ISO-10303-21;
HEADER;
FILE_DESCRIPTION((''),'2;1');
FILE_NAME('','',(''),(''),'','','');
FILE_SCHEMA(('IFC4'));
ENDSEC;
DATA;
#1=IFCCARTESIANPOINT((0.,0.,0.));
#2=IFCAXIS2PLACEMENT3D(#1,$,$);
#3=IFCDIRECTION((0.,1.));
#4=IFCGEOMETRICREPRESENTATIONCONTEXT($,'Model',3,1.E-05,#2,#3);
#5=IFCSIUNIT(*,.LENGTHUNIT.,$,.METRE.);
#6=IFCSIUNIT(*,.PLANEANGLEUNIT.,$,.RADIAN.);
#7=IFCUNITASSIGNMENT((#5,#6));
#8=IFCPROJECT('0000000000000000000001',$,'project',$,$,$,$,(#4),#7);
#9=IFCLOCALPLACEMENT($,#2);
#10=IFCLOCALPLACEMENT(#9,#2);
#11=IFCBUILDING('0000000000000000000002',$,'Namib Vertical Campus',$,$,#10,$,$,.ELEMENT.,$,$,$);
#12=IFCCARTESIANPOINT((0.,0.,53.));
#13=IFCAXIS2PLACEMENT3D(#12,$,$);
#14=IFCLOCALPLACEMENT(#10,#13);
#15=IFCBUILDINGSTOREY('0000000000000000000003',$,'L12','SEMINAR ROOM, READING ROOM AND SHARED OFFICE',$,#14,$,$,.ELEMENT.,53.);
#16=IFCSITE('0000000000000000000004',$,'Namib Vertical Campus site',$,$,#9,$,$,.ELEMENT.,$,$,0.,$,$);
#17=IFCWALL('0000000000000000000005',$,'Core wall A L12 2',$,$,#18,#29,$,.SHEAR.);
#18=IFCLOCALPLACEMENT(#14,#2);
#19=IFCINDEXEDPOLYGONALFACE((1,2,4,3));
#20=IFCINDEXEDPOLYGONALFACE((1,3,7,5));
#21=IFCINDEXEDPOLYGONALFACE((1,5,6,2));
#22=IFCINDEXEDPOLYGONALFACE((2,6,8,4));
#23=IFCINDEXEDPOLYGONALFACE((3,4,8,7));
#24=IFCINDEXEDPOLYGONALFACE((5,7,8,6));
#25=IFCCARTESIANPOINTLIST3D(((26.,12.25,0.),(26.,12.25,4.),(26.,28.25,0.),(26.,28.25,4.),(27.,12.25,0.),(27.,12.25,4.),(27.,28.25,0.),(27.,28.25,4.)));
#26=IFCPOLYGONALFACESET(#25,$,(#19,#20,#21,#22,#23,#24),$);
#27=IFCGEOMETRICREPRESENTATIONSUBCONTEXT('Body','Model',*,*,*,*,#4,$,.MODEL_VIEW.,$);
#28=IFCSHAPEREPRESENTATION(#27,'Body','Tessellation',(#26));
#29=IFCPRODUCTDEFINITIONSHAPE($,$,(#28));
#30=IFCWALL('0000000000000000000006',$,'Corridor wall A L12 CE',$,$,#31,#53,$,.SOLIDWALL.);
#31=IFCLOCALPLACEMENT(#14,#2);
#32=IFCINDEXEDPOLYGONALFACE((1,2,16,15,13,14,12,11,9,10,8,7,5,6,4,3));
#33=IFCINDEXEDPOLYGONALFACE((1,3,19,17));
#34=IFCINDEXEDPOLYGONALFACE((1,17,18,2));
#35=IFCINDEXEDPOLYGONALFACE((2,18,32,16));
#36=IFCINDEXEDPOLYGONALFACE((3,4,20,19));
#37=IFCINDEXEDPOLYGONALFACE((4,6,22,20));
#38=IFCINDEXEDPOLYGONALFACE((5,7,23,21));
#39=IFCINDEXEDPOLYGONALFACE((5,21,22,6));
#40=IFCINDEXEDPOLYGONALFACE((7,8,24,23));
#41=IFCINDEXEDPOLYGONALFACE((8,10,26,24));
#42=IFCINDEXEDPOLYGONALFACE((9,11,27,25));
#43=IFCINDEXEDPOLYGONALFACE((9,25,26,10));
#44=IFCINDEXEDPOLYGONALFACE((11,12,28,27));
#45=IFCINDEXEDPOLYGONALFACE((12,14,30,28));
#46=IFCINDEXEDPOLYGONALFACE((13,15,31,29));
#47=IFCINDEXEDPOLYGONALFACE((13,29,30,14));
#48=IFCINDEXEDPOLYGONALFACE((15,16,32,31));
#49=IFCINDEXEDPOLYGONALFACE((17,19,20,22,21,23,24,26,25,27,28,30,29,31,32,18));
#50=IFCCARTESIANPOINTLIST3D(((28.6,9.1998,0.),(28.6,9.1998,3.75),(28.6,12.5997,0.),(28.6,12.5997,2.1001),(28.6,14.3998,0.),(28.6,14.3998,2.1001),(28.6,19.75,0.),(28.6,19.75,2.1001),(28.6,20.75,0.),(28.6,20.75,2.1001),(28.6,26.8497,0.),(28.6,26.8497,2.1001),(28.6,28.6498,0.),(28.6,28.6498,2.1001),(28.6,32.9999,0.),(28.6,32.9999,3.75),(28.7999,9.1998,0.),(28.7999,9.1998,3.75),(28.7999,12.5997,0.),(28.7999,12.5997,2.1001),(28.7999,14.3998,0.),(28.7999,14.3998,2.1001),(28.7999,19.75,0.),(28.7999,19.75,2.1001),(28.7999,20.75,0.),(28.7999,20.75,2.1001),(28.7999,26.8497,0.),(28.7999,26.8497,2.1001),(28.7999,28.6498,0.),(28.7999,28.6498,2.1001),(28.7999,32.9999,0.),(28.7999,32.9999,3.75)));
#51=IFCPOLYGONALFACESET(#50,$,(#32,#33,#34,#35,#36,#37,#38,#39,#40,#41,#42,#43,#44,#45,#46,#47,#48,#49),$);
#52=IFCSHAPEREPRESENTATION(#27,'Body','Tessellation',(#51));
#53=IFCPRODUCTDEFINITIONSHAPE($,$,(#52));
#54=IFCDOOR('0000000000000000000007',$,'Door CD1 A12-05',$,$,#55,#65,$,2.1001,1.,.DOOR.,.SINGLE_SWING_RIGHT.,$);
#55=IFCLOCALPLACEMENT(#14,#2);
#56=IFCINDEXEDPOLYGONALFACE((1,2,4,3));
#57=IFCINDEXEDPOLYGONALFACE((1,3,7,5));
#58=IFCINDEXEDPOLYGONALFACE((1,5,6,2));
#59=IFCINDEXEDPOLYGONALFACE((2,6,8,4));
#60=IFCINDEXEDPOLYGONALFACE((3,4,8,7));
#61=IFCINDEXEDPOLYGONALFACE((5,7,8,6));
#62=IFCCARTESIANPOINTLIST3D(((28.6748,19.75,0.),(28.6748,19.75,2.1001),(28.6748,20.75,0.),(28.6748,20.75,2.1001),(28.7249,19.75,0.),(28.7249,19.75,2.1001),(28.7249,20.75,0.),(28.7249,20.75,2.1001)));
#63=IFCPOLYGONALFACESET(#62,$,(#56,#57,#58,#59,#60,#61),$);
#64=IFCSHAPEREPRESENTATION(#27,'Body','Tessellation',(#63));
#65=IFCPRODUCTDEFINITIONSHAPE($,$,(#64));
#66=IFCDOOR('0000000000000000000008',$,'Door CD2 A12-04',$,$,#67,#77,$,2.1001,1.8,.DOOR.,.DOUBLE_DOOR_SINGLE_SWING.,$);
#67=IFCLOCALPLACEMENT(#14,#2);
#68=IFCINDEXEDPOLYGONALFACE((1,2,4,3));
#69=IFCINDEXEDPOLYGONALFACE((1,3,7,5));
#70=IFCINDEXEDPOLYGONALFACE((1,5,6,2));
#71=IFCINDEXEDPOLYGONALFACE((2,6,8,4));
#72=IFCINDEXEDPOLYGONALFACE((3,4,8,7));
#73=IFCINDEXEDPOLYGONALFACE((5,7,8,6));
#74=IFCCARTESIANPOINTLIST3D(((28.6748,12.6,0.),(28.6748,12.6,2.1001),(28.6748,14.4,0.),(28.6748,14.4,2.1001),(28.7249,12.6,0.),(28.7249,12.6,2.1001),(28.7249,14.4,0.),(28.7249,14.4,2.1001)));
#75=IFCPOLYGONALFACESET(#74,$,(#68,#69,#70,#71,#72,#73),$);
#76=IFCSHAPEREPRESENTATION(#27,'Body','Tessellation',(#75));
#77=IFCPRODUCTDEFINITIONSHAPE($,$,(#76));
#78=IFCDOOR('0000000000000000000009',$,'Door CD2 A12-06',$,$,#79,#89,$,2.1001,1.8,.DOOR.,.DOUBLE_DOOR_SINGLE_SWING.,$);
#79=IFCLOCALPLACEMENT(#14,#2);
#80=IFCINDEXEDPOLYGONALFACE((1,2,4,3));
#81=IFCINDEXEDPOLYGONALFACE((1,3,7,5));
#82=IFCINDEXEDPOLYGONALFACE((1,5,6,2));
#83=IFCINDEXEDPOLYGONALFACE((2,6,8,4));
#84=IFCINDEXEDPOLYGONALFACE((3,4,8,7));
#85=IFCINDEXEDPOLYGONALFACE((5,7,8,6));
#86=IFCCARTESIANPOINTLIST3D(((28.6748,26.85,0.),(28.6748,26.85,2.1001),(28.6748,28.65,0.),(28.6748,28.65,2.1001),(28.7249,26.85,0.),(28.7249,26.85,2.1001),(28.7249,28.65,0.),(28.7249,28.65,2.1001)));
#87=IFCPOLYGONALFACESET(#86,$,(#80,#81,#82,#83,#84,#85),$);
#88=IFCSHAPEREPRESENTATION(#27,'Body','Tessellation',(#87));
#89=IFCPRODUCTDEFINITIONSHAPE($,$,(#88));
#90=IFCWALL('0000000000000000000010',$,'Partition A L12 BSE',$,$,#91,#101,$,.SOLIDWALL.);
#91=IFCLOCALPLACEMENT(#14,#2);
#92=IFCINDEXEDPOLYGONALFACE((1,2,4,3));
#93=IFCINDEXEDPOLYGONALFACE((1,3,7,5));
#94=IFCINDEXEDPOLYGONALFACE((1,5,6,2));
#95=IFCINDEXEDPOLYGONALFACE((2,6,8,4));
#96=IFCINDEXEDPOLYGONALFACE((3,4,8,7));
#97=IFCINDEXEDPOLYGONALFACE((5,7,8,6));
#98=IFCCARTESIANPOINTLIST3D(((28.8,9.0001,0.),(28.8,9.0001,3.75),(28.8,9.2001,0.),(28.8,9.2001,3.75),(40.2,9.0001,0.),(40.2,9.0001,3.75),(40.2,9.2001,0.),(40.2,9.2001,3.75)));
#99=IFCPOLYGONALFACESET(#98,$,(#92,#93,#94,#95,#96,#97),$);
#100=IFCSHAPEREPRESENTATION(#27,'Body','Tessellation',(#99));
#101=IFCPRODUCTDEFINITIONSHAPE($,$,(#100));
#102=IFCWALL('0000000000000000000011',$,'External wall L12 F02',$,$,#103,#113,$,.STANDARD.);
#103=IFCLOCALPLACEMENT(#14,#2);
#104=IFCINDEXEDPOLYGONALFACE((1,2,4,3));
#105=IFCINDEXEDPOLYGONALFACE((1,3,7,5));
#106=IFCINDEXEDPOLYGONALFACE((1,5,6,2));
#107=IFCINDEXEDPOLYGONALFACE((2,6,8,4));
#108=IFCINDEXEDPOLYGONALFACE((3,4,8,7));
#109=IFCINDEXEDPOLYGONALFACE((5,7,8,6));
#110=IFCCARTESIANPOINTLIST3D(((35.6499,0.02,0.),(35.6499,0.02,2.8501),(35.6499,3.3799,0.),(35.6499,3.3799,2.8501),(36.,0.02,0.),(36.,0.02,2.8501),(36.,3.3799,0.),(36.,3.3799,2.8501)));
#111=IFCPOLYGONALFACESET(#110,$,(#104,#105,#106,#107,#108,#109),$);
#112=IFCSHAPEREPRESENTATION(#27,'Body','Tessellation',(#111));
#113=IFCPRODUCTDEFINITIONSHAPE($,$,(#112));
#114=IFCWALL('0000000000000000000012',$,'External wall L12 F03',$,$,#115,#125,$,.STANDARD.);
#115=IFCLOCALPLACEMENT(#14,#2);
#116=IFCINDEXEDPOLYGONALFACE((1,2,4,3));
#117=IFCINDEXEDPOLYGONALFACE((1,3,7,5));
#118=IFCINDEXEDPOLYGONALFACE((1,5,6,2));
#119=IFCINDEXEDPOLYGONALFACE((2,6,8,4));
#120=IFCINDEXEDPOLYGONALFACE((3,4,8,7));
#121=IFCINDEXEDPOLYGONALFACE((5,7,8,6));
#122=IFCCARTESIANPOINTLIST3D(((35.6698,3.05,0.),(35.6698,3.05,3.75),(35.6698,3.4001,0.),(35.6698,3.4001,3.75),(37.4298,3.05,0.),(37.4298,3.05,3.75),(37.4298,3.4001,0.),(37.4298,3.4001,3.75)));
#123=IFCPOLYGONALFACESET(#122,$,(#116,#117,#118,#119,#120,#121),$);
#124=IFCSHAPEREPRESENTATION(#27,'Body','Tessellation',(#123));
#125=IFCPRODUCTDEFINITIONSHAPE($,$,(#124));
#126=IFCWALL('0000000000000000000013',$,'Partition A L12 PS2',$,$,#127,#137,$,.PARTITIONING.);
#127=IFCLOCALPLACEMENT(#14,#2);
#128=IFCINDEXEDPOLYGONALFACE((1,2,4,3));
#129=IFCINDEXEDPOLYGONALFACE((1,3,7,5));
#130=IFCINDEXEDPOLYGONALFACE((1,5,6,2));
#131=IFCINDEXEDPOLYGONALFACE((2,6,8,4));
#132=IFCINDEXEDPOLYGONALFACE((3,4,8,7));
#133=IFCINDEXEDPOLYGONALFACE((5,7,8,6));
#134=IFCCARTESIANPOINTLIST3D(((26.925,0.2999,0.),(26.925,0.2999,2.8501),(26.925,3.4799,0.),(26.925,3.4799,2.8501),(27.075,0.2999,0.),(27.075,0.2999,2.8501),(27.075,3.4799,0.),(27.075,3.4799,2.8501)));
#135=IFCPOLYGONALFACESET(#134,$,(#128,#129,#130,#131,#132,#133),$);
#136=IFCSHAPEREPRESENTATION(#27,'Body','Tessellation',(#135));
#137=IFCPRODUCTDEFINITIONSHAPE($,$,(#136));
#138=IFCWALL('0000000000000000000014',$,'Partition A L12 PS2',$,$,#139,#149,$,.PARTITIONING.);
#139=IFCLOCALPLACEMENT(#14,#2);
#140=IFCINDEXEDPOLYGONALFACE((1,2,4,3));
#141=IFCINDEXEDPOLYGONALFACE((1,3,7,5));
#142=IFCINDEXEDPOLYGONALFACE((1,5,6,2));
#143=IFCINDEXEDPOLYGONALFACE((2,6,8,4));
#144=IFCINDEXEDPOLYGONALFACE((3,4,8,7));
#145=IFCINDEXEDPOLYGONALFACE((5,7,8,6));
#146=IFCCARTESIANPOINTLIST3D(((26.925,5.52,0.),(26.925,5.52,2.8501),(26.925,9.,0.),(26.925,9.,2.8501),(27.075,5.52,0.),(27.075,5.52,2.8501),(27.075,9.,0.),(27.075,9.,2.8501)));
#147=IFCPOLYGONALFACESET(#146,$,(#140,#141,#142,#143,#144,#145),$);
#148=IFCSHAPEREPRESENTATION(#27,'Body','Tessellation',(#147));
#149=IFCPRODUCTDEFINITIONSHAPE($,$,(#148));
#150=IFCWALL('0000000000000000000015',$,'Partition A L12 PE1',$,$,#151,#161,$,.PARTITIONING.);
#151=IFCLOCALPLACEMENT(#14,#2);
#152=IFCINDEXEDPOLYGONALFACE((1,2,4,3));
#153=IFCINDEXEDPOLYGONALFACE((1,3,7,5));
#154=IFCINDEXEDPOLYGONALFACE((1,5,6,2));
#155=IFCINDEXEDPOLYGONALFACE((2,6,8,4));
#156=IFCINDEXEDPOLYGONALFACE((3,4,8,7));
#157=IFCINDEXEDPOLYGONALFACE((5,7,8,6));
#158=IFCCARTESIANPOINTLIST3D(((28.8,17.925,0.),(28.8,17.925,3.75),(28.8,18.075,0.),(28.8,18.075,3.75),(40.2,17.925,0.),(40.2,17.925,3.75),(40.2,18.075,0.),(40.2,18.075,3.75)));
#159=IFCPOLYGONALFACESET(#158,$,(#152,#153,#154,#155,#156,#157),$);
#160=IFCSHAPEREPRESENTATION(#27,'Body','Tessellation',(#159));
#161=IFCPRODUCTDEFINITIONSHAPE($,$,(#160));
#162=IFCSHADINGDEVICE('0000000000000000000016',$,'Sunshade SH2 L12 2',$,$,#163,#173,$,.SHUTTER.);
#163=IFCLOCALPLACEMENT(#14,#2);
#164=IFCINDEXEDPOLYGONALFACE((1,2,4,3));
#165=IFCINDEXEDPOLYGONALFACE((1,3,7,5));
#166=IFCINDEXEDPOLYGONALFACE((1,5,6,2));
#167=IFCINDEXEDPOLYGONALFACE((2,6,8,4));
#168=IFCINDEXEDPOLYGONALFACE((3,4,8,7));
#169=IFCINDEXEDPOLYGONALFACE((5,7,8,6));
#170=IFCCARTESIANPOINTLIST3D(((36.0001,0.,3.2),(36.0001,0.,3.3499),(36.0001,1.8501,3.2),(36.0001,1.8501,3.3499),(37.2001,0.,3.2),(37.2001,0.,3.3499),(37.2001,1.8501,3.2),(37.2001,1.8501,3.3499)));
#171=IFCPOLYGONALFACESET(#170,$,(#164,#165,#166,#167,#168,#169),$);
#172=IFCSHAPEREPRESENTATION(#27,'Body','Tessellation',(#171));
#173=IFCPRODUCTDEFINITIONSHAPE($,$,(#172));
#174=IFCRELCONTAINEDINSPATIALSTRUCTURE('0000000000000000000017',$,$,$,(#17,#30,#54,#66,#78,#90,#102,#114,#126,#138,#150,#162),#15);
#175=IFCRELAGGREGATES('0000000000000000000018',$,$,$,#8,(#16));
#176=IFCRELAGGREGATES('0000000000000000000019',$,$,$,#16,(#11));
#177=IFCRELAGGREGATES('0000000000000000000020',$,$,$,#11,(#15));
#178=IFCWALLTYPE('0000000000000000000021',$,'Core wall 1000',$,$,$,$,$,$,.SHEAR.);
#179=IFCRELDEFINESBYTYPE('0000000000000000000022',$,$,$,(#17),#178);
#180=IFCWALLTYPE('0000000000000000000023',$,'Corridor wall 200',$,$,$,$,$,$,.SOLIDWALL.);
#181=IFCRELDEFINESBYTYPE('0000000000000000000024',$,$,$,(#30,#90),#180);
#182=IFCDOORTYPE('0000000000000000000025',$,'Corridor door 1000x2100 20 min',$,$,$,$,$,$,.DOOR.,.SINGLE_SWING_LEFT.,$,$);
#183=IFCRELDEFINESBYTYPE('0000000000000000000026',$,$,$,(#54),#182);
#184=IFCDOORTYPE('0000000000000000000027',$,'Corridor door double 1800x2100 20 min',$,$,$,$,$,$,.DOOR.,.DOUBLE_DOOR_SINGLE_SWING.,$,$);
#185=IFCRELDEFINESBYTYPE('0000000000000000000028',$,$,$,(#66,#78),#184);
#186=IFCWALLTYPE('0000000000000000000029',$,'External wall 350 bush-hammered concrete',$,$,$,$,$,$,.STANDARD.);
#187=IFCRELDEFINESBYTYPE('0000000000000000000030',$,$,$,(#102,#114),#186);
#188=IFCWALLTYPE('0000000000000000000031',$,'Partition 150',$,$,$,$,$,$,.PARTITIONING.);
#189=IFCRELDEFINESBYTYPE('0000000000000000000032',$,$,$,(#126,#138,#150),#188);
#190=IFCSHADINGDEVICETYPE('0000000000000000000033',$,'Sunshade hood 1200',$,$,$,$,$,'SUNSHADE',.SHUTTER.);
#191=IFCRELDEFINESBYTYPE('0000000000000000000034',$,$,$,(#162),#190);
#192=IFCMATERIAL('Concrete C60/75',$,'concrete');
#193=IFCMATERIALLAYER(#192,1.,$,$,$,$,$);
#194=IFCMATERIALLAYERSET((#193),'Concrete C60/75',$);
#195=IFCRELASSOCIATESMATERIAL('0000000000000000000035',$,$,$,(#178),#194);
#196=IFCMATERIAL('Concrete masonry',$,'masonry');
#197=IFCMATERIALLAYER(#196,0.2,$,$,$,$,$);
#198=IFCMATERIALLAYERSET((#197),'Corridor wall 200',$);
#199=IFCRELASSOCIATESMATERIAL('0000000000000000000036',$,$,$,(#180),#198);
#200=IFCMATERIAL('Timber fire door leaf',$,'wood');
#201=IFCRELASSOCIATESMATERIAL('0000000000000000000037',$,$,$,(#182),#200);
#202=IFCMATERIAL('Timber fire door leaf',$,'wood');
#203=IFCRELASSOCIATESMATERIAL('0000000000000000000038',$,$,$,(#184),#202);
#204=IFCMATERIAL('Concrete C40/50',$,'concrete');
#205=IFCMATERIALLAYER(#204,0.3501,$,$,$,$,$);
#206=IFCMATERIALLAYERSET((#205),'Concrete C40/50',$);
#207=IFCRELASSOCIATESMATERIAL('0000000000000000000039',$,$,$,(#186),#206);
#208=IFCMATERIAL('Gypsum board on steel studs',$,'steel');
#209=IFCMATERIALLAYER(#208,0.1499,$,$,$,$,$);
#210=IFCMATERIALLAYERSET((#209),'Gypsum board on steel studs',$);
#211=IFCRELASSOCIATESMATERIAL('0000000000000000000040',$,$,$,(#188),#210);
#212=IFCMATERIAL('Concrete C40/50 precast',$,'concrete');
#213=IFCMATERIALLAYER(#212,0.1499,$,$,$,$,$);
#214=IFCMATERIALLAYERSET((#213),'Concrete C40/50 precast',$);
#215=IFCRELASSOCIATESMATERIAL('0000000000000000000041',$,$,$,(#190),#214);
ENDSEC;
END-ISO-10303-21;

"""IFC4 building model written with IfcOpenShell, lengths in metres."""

from ifc_helpers import new_model, si_unit, direction, frame, frame_2d, origin, origin_2d, place, context, subcontext, project, spatial, rectangle, extrude, material, layer, layer_set, type_object, element, fill, save


model = new_model("IFC4")

# Units and contexts
model_context = context("Model", 3, precision=1e-05, world=origin(), true_north=direction((0.0, 1.0)))
body_context = subcontext(model_context, "Body", "Model", "MODEL_VIEW")
ifc_project = project(units=[si_unit("LENGTHUNIT", "METRE"), si_unit("PLANEANGLEUNIT", "RADIAN")], contexts=[model_context])

# Site, building, storey
site_placement = place(None, origin())
site = spatial("IfcSite", under=ifc_project, at=site_placement, Name="Namib Vertical Campus site", CompositionType="ELEMENT", RefElevation=0.0)
building_placement = place(site_placement, origin())
building = spatial("IfcBuilding", under=site, at=building_placement, Name="Namib Vertical Campus", CompositionType="ELEMENT")
storey_placement = place(building_placement, frame((0.0, 0.0, 53.0)))
storey = spatial("IfcBuildingStorey", under=building, at=storey_placement, Name="L12", Description="SEMINAR ROOM, READING ROOM AND SHARED OFFICE", CompositionType="ELEMENT", Elevation=53.0)

# Wall
ifc_material_1 = material(Name="Concrete C60/75", Category="concrete")
ifc_layer_1 = layer(ifc_material_1, 1.0)
ifc_layer_set_1 = layer_set([ifc_layer_1], Name="Concrete C60/75")
wall_type_1 = type_object("IfcWallType", Name="Core wall 1000", PredefinedType="SHEAR", material=ifc_layer_set_1)
wall_1_placement = place(storey_placement, frame((26.5, 12.25, 0.0), z_axis=(0.0, 0.0, 1.0), x_axis=(0.0, 1.0, 0.0)))
element("IfcWall", 1, at=wall_1_placement, inside=storey, type_object=wall_type_1, Name="Core wall A L12 2", PredefinedType="SHEAR", context=body_context, shape_type="SweptSolid", body=[
    extrude(rectangle(XDim=16.0, YDim=1.0, at=frame_2d((8.0, 0.0))), origin(), (0.0, 0.0, 1.0), 4.0),
])

# Wall, openings, doors
ifc_material_2 = material(Name="Concrete masonry", Category="masonry")
ifc_layer_2 = layer(ifc_material_2, 0.2)
ifc_layer_set_2 = layer_set([ifc_layer_2], Name="Corridor wall 200")
wall_type_2 = type_object("IfcWallType", Name="Corridor wall 200", PredefinedType="SOLIDWALL", material=ifc_layer_set_2)
wall_2_placement = place(storey_placement, frame((28.7, 9.2, 0.0), z_axis=(0.0, 0.0, 1.0), x_axis=(0.0, 1.0, 0.0)))
wall_2 = element("IfcWall", 2, at=wall_2_placement, inside=storey, type_object=wall_type_2, Name="Corridor wall A L12 CE", PredefinedType="SOLIDWALL", context=body_context, shape_type="SweptSolid", body=[
    extrude(rectangle(XDim=23.8, YDim=0.2, at=frame_2d((11.8999, 0.0))), origin(), (0.0, 0.0, 1.0), 3.75),
])
opening_1_placement = place(wall_2_placement, frame((3.3999, 0.0, 0.0)))
opening_1 = element("IfcOpeningElement", 3, at=opening_1_placement, cuts=wall_2, PredefinedType="OPENING", context=body_context, shape_type="SweptSolid", body=[
    extrude(rectangle(XDim=1.8, YDim=2.1001, at=frame_2d((0.8999, 1.05))), frame((0.0, 0.1099, 0.0), z_axis=(0.0, -1.0, 0.0), x_axis=(1.0, 0.0, 0.0)), (0.0, 0.0, 1.0), 0.22),
])
opening_2_placement = place(wall_2_placement, frame((10.55, 0.0, 0.0)))
opening_2 = element("IfcOpeningElement", 4, at=opening_2_placement, cuts=wall_2, PredefinedType="OPENING", context=body_context, shape_type="SweptSolid", body=[
    extrude(rectangle(XDim=1.0, YDim=2.1001, at=frame_2d((0.5, 1.05))), frame((0.0, 0.1099, 0.0), z_axis=(0.0, -1.0, 0.0), x_axis=(1.0, 0.0, 0.0)), (0.0, 0.0, 1.0), 0.22),
])
opening_3_placement = place(wall_2_placement, frame((17.6499, 0.0, 0.0)))
opening_3 = element("IfcOpeningElement", 5, at=opening_3_placement, cuts=wall_2, PredefinedType="OPENING", context=body_context, shape_type="SweptSolid", body=[
    extrude(rectangle(XDim=1.8, YDim=2.1001, at=frame_2d((0.8999, 1.05))), frame((0.0, 0.1099, 0.0), z_axis=(0.0, -1.0, 0.0), x_axis=(1.0, 0.0, 0.0)), (0.0, 0.0, 1.0), 0.22),
])
ifc_material_3 = material(Name="Timber fire door leaf", Category="wood")
door_type_1 = type_object("IfcDoorType", Name="Corridor door 1000x2100 20 min", OperationType="SINGLE_SWING_LEFT", PredefinedType="DOOR", material=ifc_material_3)
door_1_placement = place(opening_2_placement, frame((1.0, 0.0, 0.0), z_axis=(0.0, 0.0, 1.0), x_axis=(-1.0, 0.0, 0.0)))
door_1 = element("IfcDoor", 6, at=door_1_placement, inside=storey, type_object=door_type_1, Name="Door CD1 A12-05", OperationType="SINGLE_SWING_RIGHT", OverallHeight=2.1001, OverallWidth=1.0, PredefinedType="DOOR", context=body_context, shape_type="SweptSolid", body=[
    extrude(rectangle(XDim=1.0, YDim=2.1001, at=frame_2d((0.5, 1.05))), frame((0.0, 0.0249, 0.0), z_axis=(0.0, -1.0, 0.0), x_axis=(1.0, 0.0, 0.0)), (0.0, 0.0, 1.0), 0.05),
])
fill(opening_2, door_1)
ifc_material_4 = material(Name="Timber fire door leaf", Category="wood")
door_type_2 = type_object("IfcDoorType", Name="Corridor door double 1800x2100 20 min", OperationType="DOUBLE_DOOR_SINGLE_SWING", PredefinedType="DOOR", material=ifc_material_4)
door_2_placement = place(opening_1_placement, frame((1.8, 0.0, 0.0), z_axis=(0.0, 0.0, 1.0), x_axis=(-1.0, 0.0, 0.0)))
door_2 = element("IfcDoor", 7, at=door_2_placement, inside=storey, type_object=door_type_2, Name="Door CD2 A12-04", OperationType="DOUBLE_DOOR_SINGLE_SWING", OverallHeight=2.1001, OverallWidth=1.8, PredefinedType="DOOR", context=body_context, shape_type="SweptSolid", body=[
    extrude(rectangle(XDim=1.8, YDim=2.1001, at=frame_2d((0.8999, 1.05))), frame((0.0, 0.0249, 0.0), z_axis=(0.0, -1.0, 0.0), x_axis=(1.0, 0.0, 0.0)), (0.0, 0.0, 1.0), 0.05),
])
fill(opening_1, door_2)
door_3_placement = place(opening_3_placement, frame((1.8, 0.0, 0.0), z_axis=(0.0, 0.0, 1.0), x_axis=(-1.0, 0.0, 0.0)))
door_3 = element("IfcDoor", 8, at=door_3_placement, inside=storey, type_object=door_type_2, Name="Door CD2 A12-06", OperationType="DOUBLE_DOOR_SINGLE_SWING", OverallHeight=2.1001, OverallWidth=1.8, PredefinedType="DOOR", context=body_context, shape_type="SweptSolid", body=[
    extrude(rectangle(XDim=1.8, YDim=2.1001, at=frame_2d((0.8999, 1.05))), frame((0.0, 0.0249, 0.0), z_axis=(0.0, -1.0, 0.0), x_axis=(1.0, 0.0, 0.0)), (0.0, 0.0, 1.0), 0.05),
])
fill(opening_3, door_3)

# Walls
wall_3_placement = place(storey_placement, frame((28.8, 9.1001, 0.0), z_axis=(0.0, 0.0, 1.0), x_axis=(1.0, 0.0, 0.0)))
element("IfcWall", 9, at=wall_3_placement, inside=storey, type_object=wall_type_2, Name="Partition A L12 BSE", PredefinedType="SOLIDWALL", context=body_context, shape_type="SweptSolid", body=[
    extrude(rectangle(XDim=11.3999, YDim=0.2, at=frame_2d((5.7, 0.0))), origin(), (0.0, 0.0, 1.0), 3.75),
])
ifc_material_5 = material(Name="Concrete C40/50", Category="concrete")
ifc_layer_3 = layer(ifc_material_5, 0.3501)
ifc_layer_set_3 = layer_set([ifc_layer_3], Name="Concrete C40/50")
wall_type_3 = type_object("IfcWallType", Name="External wall 350 bush-hammered concrete", PredefinedType="STANDARD", material=ifc_layer_set_3)
wall_4_placement = place(storey_placement, frame((35.825, 0.02, 0.0), z_axis=(0.0, 0.0, 1.0), x_axis=(0.0, 1.0, 0.0)))
element("IfcWall", 10, at=wall_4_placement, inside=storey, type_object=wall_type_3, Name="External wall L12 F02", PredefinedType="STANDARD", context=body_context, shape_type="SweptSolid", body=[
    extrude(rectangle(XDim=3.3599, YDim=0.3501, at=frame_2d((1.6799, 0.0))), origin(), (0.0, 0.0, 1.0), 2.8501),
])
wall_5_placement = place(storey_placement, frame((35.6699, 3.2251, 0.0), z_axis=(0.0, 0.0, 1.0), x_axis=(1.0, 0.0, 0.0)))
element("IfcWall", 11, at=wall_5_placement, inside=storey, type_object=wall_type_3, Name="External wall L12 F03", PredefinedType="STANDARD", context=body_context, shape_type="SweptSolid", body=[
    extrude(rectangle(XDim=1.76, YDim=0.3501, at=frame_2d((0.8799, 0.0))), origin(), (0.0, 0.0, 1.0), 3.75),
])
ifc_material_6 = material(Name="Gypsum board on steel studs", Category="steel")
ifc_layer_4 = layer(ifc_material_6, 0.1499)
ifc_layer_set_4 = layer_set([ifc_layer_4], Name="Gypsum board on steel studs")
wall_type_4 = type_object("IfcWallType", Name="Partition 150", PredefinedType="PARTITIONING", material=ifc_layer_set_4)
wall_6_placement = place(storey_placement, frame((27.0, 0.3, 0.0), z_axis=(0.0, 0.0, 1.0), x_axis=(0.0, 1.0, 0.0)))
element("IfcWall", 12, at=wall_6_placement, inside=storey, type_object=wall_type_4, Name="Partition A L12 PS2", PredefinedType="PARTITIONING", context=body_context, shape_type="SweptSolid", body=[
    extrude(rectangle(XDim=3.1799, YDim=0.1499, at=frame_2d((1.5898, 0.0))), origin(), (0.0, 0.0, 1.0), 2.8501),
])
wall_7_placement = place(storey_placement, frame((27.0, 5.52, 0.0), z_axis=(0.0, 0.0, 1.0), x_axis=(0.0, 1.0, 0.0)))
element("IfcWall", 13, at=wall_7_placement, inside=storey, type_object=wall_type_4, Name="Partition A L12 PS2", PredefinedType="PARTITIONING", context=body_context, shape_type="SweptSolid", body=[
    extrude(rectangle(XDim=3.48, YDim=0.1499, at=frame_2d((1.74, 0.0))), origin(), (0.0, 0.0, 1.0), 2.8501),
])
wall_8_placement = place(storey_placement, frame((28.8, 18.0, 0.0), z_axis=(0.0, 0.0, 1.0), x_axis=(1.0, 0.0, 0.0)))
element("IfcWall", 14, at=wall_8_placement, inside=storey, type_object=wall_type_4, Name="Partition A L12 PE1", PredefinedType="PARTITIONING", context=body_context, shape_type="SweptSolid", body=[
    extrude(rectangle(XDim=11.3999, YDim=0.1499, at=frame_2d((5.7, 0.0))), origin(), (0.0, 0.0, 1.0), 3.75),
])

# Shading device
ifc_material_7 = material(Name="Concrete C40/50 precast", Category="concrete")
ifc_layer_5 = layer(ifc_material_7, 0.1499)
ifc_layer_set_5 = layer_set([ifc_layer_5], Name="Concrete C40/50 precast")
shading_device_type = type_object("IfcShadingDeviceType", Name="Sunshade hood 1200", ElementType="SUNSHADE", PredefinedType="SHUTTER", material=ifc_layer_set_5)
shading_device_placement = place(storey_placement, frame((36.6001, 0.925, 3.2), z_axis=(0.0, 0.0, 1.0), x_axis=(0.0, 1.0, 0.0)))
element("IfcShadingDevice", 15, at=shading_device_placement, inside=storey, type_object=shading_device_type, Name="Sunshade SH2 L12 2", PredefinedType="SHUTTER", context=body_context, shape_type="SweptSolid", body=[
    extrude(rectangle(XDim=1.8501, YDim=1.2, at=origin_2d()), origin(), (0.0, 0.0, 1.0), 0.1499),
])

save(model, "model.ifc")
